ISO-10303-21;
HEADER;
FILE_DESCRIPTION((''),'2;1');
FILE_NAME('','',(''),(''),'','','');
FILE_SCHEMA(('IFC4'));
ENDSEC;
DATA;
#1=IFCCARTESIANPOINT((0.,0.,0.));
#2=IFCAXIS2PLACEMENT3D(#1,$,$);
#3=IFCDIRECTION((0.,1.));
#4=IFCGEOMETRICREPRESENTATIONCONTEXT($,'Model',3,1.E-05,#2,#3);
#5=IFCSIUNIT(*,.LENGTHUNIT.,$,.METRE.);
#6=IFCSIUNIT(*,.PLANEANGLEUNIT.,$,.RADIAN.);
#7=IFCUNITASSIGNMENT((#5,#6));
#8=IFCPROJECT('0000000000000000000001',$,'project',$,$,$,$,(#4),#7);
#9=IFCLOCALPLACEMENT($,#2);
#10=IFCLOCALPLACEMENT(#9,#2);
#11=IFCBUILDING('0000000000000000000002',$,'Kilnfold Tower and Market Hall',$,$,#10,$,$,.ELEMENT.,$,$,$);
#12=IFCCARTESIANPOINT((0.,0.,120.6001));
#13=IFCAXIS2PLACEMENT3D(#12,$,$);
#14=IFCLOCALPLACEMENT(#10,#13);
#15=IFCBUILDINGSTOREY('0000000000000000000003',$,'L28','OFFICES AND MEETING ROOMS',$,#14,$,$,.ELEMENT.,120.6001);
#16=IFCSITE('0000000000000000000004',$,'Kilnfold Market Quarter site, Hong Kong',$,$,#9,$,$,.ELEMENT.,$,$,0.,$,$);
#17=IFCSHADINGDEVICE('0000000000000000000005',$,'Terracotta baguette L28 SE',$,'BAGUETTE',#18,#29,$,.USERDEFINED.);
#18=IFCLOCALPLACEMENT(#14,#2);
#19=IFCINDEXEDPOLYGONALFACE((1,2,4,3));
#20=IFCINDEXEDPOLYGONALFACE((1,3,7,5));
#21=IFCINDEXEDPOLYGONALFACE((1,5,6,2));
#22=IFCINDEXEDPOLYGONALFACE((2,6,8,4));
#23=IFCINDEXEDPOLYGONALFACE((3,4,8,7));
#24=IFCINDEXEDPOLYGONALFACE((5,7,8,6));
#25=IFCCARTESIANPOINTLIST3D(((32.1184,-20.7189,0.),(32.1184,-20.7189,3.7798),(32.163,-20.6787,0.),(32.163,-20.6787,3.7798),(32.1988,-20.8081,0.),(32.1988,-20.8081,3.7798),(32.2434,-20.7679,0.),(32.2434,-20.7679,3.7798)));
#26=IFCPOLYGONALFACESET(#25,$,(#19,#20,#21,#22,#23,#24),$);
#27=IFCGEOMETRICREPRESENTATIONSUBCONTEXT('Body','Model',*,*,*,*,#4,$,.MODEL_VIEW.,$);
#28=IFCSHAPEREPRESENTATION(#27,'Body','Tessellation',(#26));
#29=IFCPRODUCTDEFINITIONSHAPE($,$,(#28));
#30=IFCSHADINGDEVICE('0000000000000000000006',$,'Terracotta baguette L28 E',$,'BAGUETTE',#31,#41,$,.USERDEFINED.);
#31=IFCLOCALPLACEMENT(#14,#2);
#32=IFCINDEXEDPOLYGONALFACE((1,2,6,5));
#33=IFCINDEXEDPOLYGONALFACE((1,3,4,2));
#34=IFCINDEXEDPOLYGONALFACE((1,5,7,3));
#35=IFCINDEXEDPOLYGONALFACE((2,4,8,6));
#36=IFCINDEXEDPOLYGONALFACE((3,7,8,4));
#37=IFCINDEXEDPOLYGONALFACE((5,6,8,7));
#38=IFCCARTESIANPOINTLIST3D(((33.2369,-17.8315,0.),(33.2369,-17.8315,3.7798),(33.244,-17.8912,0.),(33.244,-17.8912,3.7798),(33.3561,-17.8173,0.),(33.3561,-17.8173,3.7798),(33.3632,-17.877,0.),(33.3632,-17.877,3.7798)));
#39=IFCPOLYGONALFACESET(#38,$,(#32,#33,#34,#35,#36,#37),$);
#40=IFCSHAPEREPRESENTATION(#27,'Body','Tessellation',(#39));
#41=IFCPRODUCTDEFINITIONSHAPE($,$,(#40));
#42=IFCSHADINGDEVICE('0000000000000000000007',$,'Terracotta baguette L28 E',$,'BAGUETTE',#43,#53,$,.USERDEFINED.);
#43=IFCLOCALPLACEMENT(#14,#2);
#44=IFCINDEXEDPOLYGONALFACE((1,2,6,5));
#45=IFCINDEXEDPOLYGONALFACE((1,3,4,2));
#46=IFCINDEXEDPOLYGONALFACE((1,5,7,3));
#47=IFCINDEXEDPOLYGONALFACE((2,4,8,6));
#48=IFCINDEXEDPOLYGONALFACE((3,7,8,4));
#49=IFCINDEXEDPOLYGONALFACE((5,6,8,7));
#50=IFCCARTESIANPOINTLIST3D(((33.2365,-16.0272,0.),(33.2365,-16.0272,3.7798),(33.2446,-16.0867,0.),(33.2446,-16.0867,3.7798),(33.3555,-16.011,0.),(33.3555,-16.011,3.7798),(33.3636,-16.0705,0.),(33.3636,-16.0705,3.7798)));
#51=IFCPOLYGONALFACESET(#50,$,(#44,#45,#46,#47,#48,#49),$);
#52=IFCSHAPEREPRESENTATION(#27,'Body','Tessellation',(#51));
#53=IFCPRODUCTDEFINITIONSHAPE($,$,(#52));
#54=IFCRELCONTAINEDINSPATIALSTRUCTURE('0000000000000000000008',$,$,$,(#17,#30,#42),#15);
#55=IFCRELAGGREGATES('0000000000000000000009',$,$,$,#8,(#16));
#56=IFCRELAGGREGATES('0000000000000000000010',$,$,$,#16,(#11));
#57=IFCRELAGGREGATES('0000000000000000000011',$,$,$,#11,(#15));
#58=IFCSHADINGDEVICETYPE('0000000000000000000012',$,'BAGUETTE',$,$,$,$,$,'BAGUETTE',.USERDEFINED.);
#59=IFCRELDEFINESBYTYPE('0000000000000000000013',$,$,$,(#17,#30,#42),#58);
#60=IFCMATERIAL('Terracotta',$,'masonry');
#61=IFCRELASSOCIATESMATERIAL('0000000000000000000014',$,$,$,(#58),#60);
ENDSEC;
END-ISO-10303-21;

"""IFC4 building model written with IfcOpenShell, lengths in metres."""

from ifc_helpers import new_model, si_unit, direction, frame, origin, origin_2d, place, context, subcontext, project, spatial, rectangle, extrude, source, transform, mapped, material, material_profile, profile_set, type_object, element, save


model = new_model("IFC4")

# Units and contexts
model_context = context("Model", 3, precision=1e-05, world=origin(), true_north=direction((0.0, 1.0)))
body_context = subcontext(model_context, "Body", "Model", "MODEL_VIEW")
ifc_project = project(units=[si_unit("LENGTHUNIT", "METRE"), si_unit("PLANEANGLEUNIT", "RADIAN")], contexts=[model_context])

# Site, building, storey
site_placement = place(None, origin())
site = spatial("IfcSite", under=ifc_project, at=site_placement, Name="Kilnfold Market Quarter site, Hong Kong", CompositionType="ELEMENT", RefElevation=0.0)
building_placement = place(site_placement, origin())
building = spatial("IfcBuilding", under=site, at=building_placement, Name="Kilnfold Tower and Market Hall", CompositionType="ELEMENT")
storey_placement = place(building_placement, frame((0.0, 0.0, 120.6001)))
storey = spatial("IfcBuildingStorey", under=building, at=storey_placement, Name="L28", Description="OFFICES AND MEETING ROOMS", CompositionType="ELEMENT", Elevation=120.6001)

# Shading devices
ifc_material_1 = material(Name="Terracotta", Category="masonry")
ifc_material_profile_1 = material_profile(ifc_material_1, rectangle(XDim=0.0601, YDim=0.1201, at=origin_2d()), Name="BAG 60x120")
ifc_profile_set_1 = profile_set([ifc_material_profile_1], Name="Terracotta")
shading_device_type = type_object("IfcShadingDeviceType", Name="BAGUETTE", ElementType="BAGUETTE", PredefinedType="USERDEFINED", material=ifc_profile_set_1)
shared_shape_1 = source(origin(), body_context, "Body", "SweptSolid", [
    extrude(rectangle(XDim=0.0601, YDim=0.1201, at=origin_2d()), origin(), (0.0, 0.0, 1.0), 3.7798),
])
for number, where, z_axis, x_axis, name in (
    (1, (32.1809, -20.7434, 0.0), (0.0, 0.0, 1.0), (0.74284, 0.669469, 0.0), "Terracotta baguette L28 SE"),
    (2, (33.3, -17.8542, 0.0), (0.0, 0.0, 1.0), (-0.118135, 0.992998, 0.0), "Terracotta baguette L28 E"),
    (3, (33.3, -16.0488, 0.0), (0.0, 0.0, 1.0), (-0.134815, 0.990871, 0.0), "Terracotta baguette L28 E"),
):
    element("IfcShadingDevice", number, at=place(storey_placement, frame(where, z_axis=z_axis, x_axis=x_axis)), inside=storey, type_object=shading_device_type, Name=name, ObjectType="BAGUETTE", PredefinedType="USERDEFINED", context=body_context, shape_type="MappedRepresentation", body=[
        mapped(shared_shape_1, transform((0.0, 0.0, 0.0))),
    ])

save(model, "model.ifc")
